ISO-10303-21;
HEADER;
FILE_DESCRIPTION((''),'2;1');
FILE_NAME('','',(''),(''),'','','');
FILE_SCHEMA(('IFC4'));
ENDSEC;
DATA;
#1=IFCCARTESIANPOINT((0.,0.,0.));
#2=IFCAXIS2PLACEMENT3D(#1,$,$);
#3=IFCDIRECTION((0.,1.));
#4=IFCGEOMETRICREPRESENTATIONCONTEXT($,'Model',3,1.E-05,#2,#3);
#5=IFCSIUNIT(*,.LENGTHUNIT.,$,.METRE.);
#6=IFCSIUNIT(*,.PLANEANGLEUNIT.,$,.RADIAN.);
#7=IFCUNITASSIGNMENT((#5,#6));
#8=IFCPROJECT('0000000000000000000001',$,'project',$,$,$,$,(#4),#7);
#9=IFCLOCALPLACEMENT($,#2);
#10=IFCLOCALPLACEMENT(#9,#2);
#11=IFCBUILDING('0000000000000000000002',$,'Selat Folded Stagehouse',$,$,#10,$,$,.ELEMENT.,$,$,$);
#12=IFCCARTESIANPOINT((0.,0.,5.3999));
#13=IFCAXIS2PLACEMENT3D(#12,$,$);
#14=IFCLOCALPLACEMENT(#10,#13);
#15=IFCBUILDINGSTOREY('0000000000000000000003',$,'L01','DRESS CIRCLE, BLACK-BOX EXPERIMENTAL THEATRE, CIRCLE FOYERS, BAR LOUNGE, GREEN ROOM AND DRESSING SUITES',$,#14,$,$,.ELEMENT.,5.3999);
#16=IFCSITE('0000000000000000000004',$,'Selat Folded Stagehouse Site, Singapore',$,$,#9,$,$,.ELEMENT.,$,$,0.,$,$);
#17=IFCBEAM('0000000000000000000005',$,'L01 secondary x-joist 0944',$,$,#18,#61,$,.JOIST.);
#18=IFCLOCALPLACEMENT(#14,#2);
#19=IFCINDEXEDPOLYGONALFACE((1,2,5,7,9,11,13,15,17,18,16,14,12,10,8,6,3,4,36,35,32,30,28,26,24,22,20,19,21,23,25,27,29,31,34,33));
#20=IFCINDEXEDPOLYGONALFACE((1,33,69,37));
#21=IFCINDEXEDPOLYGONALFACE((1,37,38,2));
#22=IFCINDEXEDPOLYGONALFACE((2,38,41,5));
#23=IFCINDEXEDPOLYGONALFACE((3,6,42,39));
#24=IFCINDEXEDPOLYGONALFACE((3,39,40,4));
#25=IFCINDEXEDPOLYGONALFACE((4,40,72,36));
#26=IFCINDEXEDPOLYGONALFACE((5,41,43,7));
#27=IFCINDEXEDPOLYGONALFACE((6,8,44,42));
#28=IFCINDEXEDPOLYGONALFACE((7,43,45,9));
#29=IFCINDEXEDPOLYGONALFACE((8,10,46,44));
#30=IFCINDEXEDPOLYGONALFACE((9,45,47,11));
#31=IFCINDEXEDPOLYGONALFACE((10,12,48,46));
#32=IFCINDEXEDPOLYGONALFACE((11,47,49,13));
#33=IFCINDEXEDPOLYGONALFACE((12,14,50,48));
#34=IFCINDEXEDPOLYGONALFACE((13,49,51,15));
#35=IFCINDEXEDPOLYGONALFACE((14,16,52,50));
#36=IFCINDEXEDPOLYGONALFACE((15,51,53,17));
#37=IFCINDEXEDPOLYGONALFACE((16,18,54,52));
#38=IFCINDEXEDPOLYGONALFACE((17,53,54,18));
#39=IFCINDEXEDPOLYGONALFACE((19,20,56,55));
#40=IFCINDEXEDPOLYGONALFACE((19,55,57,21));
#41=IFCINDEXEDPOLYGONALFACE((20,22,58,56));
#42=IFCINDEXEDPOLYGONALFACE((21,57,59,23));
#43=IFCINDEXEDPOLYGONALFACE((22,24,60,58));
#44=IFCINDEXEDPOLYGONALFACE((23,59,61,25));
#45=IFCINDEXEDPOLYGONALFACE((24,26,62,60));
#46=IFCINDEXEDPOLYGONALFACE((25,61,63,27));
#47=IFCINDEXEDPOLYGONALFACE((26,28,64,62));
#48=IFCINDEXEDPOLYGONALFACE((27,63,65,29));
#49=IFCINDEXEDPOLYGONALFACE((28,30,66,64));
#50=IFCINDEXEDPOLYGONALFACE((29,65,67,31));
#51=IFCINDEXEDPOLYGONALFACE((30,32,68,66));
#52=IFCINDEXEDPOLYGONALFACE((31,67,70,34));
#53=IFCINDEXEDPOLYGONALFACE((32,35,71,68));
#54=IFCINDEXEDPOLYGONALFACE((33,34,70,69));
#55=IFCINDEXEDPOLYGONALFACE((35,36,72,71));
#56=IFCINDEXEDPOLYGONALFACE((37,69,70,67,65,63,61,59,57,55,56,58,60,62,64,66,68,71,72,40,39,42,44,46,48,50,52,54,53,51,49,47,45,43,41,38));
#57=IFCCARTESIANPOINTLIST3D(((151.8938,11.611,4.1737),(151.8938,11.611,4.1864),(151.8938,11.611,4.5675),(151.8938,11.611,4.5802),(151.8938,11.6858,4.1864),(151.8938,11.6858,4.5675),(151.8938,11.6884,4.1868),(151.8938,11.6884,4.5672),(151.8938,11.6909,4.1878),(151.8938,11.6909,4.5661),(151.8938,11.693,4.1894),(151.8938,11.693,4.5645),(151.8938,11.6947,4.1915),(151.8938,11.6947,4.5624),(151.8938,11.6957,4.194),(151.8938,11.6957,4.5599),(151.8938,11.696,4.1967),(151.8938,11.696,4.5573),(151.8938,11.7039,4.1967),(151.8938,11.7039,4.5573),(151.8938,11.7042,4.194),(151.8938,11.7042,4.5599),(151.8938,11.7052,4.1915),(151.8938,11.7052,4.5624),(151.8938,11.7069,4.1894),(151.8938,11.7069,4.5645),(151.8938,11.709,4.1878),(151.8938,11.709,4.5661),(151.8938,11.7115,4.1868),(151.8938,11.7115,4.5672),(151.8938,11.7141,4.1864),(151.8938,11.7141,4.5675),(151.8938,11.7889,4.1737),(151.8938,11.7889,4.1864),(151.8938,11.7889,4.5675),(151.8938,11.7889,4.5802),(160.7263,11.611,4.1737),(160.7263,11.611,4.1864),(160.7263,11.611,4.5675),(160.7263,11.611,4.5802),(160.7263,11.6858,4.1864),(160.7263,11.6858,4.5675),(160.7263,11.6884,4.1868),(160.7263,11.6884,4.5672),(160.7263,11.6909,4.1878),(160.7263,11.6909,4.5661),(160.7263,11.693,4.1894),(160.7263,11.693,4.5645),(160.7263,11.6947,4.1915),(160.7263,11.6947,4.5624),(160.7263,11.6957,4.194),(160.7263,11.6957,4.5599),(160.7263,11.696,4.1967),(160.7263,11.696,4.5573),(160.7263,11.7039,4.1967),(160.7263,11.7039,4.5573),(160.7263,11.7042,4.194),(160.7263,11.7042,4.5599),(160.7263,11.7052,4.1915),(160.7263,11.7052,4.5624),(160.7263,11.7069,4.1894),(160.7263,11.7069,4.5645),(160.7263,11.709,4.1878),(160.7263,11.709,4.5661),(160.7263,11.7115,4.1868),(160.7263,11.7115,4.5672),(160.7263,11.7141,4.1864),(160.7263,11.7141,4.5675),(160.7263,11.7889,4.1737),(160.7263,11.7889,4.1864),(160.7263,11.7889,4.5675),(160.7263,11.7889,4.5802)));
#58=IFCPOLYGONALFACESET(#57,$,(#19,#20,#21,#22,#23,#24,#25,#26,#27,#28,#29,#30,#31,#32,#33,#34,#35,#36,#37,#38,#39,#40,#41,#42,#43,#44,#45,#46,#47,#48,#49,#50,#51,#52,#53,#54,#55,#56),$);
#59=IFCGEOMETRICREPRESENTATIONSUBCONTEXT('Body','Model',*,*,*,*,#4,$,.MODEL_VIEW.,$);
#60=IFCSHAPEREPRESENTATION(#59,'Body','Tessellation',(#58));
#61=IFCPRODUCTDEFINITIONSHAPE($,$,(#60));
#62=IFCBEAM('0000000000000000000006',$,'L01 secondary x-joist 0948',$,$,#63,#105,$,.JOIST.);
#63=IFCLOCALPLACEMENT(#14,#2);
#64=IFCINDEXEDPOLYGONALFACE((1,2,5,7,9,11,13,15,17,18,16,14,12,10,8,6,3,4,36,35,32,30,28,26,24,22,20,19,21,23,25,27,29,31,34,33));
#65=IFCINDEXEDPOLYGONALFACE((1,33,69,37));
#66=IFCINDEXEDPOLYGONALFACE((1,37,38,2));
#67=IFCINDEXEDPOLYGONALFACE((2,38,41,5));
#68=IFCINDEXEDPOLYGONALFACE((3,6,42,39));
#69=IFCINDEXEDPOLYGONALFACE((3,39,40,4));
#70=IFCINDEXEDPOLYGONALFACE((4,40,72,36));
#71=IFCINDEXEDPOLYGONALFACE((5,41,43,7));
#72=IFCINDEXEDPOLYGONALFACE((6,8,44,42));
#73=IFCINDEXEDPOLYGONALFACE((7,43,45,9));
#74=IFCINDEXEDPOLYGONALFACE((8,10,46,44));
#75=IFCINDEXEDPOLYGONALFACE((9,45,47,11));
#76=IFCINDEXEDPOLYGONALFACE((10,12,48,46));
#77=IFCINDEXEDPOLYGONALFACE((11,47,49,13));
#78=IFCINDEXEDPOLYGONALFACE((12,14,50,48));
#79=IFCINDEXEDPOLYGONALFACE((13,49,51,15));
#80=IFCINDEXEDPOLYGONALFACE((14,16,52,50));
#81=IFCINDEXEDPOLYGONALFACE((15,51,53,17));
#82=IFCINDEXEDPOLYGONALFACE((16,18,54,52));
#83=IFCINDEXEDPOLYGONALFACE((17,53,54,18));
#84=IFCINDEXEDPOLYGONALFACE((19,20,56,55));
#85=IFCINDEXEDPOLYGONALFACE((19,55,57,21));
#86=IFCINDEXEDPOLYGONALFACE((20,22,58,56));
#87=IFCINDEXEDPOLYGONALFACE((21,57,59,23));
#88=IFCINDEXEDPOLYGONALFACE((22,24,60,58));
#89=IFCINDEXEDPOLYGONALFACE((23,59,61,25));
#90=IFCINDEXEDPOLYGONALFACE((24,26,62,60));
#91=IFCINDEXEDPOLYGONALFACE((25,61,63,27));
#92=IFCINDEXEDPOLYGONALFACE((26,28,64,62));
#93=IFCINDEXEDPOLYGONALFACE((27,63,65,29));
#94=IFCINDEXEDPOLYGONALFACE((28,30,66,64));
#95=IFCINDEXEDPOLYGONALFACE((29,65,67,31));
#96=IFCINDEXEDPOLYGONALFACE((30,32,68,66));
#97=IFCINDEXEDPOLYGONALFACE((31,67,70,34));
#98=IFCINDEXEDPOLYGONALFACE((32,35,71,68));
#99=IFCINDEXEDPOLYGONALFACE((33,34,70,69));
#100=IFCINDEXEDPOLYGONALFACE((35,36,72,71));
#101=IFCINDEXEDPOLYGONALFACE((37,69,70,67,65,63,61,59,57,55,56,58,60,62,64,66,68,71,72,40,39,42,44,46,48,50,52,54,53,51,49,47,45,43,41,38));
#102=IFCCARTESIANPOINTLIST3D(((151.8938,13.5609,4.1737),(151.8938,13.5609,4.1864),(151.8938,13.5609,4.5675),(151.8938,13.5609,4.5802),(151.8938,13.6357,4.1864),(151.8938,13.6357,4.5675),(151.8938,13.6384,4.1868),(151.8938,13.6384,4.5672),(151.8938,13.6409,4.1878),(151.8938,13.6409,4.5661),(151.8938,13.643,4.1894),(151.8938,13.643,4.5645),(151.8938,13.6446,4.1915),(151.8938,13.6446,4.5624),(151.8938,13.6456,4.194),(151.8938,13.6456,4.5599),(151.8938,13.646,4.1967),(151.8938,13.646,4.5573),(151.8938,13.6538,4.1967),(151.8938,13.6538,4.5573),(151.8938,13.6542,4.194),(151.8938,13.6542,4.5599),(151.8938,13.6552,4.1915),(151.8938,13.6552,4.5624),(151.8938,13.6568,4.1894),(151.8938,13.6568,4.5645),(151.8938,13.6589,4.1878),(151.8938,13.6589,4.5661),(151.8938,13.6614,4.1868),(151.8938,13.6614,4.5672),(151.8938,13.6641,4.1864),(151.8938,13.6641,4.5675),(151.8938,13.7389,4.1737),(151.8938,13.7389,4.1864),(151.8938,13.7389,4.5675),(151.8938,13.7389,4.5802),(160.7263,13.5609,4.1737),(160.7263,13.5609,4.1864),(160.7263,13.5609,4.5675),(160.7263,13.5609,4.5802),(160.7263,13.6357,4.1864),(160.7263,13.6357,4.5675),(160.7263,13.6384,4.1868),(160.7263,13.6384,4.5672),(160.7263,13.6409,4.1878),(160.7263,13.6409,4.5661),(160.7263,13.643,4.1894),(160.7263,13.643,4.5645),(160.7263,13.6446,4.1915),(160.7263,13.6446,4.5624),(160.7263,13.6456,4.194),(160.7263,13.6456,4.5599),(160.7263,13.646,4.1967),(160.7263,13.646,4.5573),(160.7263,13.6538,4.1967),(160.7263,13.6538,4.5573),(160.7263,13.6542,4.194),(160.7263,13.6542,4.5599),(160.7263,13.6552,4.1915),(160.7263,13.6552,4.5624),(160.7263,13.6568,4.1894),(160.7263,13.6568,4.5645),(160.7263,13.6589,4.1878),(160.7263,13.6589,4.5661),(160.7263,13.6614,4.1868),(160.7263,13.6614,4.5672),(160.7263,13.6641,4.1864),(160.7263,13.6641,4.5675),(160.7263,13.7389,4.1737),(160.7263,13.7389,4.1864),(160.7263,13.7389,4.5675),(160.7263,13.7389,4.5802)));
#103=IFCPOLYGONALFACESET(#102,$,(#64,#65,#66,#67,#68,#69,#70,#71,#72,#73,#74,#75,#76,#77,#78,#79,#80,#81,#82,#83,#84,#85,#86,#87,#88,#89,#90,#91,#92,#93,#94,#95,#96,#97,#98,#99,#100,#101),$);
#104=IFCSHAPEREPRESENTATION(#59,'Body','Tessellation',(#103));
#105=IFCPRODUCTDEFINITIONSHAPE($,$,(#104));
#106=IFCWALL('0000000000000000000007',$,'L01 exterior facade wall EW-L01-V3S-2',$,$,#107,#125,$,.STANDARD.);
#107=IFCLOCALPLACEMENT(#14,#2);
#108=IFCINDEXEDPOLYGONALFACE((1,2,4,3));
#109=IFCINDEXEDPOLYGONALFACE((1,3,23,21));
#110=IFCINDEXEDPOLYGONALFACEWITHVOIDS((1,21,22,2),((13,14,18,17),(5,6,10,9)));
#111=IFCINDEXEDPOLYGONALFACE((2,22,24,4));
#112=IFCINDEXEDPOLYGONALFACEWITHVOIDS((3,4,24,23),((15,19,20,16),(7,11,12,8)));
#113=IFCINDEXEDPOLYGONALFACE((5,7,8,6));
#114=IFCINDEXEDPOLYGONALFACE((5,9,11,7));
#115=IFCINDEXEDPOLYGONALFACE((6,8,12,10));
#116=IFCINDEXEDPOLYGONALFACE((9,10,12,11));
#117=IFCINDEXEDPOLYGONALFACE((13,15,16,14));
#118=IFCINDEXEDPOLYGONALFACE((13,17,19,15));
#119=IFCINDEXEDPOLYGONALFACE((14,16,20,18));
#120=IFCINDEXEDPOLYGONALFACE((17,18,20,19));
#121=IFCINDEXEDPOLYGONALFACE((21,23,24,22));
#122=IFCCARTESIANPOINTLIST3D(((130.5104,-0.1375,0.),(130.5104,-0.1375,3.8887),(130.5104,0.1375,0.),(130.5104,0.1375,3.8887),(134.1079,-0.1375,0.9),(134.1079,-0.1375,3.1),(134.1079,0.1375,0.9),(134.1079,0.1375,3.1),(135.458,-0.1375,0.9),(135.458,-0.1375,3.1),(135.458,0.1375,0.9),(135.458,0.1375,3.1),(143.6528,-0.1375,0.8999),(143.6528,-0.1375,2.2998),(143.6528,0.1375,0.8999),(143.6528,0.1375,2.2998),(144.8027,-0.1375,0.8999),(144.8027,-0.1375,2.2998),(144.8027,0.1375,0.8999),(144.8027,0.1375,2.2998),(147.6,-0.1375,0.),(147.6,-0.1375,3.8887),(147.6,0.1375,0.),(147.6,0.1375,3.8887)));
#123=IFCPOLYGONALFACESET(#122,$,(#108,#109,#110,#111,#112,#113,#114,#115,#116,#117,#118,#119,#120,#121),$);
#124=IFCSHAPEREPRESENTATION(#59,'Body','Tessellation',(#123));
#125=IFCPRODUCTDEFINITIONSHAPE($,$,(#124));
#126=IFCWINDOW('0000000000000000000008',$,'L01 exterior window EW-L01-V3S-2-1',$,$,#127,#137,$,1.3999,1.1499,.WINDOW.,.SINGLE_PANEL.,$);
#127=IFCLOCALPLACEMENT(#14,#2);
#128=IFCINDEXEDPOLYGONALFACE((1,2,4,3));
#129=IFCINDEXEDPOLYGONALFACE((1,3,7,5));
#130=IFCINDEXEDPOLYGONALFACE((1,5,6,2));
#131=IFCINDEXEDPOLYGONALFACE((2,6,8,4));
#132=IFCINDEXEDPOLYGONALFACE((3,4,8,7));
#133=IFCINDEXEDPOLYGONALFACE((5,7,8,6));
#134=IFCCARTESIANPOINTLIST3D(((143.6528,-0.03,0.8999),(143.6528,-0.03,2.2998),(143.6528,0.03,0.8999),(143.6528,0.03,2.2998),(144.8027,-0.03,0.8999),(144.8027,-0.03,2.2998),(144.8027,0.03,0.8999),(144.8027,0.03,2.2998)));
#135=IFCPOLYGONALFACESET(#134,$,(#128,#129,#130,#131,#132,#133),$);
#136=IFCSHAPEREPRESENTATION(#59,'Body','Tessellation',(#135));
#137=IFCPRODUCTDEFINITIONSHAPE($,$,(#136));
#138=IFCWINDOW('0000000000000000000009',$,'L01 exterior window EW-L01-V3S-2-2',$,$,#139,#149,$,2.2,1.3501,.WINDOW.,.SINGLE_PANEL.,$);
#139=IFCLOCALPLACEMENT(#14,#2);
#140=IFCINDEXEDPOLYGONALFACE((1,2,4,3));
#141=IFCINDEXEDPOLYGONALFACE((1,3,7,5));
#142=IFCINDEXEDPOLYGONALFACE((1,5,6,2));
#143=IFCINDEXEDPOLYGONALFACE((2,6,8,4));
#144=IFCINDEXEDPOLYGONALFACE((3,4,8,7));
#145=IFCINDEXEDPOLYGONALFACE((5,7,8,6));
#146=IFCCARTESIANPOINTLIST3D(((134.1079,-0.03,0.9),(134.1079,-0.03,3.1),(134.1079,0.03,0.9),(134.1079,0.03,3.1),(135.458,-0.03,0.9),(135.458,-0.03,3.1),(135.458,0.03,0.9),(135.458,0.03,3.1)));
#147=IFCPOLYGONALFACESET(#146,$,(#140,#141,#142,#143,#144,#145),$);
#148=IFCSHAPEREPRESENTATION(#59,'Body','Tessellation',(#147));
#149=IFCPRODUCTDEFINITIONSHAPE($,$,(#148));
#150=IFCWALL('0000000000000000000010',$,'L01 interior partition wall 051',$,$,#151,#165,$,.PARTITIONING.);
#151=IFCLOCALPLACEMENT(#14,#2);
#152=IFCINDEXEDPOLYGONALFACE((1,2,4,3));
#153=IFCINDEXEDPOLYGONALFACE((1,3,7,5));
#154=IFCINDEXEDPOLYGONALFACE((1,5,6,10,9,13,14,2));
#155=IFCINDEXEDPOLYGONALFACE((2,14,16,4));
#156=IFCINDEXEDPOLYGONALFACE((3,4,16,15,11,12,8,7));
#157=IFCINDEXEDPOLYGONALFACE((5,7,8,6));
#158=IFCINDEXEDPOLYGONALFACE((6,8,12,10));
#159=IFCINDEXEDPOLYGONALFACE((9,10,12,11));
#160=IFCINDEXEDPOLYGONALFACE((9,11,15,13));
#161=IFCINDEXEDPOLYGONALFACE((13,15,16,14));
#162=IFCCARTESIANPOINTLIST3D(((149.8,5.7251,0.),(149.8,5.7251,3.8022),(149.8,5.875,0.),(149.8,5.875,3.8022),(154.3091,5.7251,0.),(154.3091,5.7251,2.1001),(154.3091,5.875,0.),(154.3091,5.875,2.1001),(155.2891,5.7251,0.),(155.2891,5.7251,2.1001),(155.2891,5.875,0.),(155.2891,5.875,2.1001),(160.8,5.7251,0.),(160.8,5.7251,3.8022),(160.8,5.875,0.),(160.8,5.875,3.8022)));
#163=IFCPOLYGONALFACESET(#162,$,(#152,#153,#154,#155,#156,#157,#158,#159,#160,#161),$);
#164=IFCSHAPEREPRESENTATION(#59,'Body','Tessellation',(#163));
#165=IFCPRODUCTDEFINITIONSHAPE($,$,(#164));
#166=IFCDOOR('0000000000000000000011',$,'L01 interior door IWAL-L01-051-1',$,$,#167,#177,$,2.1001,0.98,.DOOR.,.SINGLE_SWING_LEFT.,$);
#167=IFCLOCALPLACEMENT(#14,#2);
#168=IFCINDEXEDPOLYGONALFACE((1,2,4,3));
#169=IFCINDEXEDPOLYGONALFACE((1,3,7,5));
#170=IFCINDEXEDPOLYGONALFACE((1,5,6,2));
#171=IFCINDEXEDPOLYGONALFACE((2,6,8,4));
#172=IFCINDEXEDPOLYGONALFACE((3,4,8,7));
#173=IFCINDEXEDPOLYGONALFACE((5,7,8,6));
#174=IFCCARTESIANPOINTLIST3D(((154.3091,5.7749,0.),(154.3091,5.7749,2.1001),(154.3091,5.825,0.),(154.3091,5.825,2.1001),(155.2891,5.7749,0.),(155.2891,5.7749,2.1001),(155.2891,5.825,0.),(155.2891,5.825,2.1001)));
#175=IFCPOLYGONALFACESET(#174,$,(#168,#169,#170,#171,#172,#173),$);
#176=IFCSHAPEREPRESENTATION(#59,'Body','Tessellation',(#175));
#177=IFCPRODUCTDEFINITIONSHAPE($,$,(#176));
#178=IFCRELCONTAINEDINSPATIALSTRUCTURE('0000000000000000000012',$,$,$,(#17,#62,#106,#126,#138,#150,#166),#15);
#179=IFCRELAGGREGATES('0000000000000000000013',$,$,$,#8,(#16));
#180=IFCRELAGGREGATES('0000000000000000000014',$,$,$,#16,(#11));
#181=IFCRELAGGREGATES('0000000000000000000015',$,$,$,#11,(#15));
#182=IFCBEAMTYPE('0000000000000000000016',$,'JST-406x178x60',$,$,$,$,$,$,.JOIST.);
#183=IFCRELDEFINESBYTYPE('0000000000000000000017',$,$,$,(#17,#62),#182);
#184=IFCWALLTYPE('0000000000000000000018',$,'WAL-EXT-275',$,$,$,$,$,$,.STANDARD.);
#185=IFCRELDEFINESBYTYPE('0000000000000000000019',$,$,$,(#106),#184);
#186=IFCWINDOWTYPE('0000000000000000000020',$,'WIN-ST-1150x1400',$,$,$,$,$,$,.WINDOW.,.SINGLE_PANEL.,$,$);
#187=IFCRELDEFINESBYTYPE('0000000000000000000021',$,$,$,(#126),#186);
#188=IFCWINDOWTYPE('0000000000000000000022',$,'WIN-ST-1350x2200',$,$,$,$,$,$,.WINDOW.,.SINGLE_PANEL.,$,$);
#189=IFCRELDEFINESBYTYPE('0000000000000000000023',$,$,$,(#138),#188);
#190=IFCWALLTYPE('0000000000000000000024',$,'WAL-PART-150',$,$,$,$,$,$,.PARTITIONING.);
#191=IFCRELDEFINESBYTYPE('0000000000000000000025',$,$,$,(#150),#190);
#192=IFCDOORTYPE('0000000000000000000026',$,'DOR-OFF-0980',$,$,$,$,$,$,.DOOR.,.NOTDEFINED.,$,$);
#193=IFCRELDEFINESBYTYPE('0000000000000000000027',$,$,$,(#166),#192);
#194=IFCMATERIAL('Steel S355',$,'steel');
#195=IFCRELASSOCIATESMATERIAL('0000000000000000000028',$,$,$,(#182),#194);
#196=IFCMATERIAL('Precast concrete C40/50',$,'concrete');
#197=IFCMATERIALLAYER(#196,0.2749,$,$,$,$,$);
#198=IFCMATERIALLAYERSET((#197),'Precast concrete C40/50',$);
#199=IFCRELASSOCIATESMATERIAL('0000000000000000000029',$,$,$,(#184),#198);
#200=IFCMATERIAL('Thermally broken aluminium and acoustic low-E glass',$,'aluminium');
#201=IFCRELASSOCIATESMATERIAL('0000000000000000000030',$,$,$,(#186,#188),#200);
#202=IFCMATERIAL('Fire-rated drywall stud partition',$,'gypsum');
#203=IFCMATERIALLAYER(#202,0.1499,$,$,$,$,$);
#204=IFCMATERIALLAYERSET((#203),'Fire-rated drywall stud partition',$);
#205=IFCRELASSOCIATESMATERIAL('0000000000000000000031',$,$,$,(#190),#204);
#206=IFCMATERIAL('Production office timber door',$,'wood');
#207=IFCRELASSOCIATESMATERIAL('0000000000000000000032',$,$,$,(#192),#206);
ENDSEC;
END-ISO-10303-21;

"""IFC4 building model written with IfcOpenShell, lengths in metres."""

from ifc_helpers import new_model, si_unit, direction, frame, frame_2d, origin, origin_2d, place, context, subcontext, project, spatial, rectangle, i_section, extrude, material, layer, layer_set, material_profile, profile_set, type_object, element, fill, save


model = new_model("IFC4")

# Units and contexts
model_context = context("Model", 3, precision=1e-05, world=origin(), true_north=direction((0.0, 1.0)))
body_context = subcontext(model_context, "Body", "Model", "MODEL_VIEW")
ifc_project = project(units=[si_unit("LENGTHUNIT", "METRE"), si_unit("PLANEANGLEUNIT", "RADIAN")], contexts=[model_context])

# Site, building, storey
site_placement = place(None, origin())
site = spatial("IfcSite", under=ifc_project, at=site_placement, Name="Selat Folded Stagehouse Site, Singapore", CompositionType="ELEMENT", RefElevation=0.0)
building_placement = place(site_placement, origin())
building = spatial("IfcBuilding", under=site, at=building_placement, Name="Selat Folded Stagehouse", CompositionType="ELEMENT")
storey_placement = place(building_placement, frame((0.0, 0.0, 5.3999)))
storey = spatial("IfcBuildingStorey", under=building, at=storey_placement, Name="L01", Description="DRESS CIRCLE, BLACK-BOX EXPERIMENTAL THEATRE, CIRCLE FOYERS, BAR LOUNGE, GREEN ROOM AND DRESSING SUITES", CompositionType="ELEMENT", Elevation=5.3999)

# Shared definitions
ifc_material_1 = material(Name="Steel S355", Category="steel")

# Beams
ifc_material_profile_1 = material_profile(ifc_material_1, i_section(OverallWidth=0.178, OverallDepth=0.4065, WebThickness=0.0078, FlangeThickness=0.0127, FilletRadius=0.0103, at=origin_2d()), Name="UKB 406x178x60")
ifc_profile_set_1 = profile_set([ifc_material_profile_1], Name="Steel S355")
beam_type_1 = type_object("IfcBeamType", Name="JST-406x178x60", PredefinedType="JOIST", material=ifc_profile_set_1)
for number, where, z_axis, x_axis, name in (
    (1, (151.8938, 11.7, 4.377), (1.0, 0.0, 0.0), (0.0, 1.0, 0.0), "L01 secondary x-joist 0944"),
    (2, (151.8938, 13.6499, 4.377), (1.0, 0.0, 0.0), (0.0, 1.0, 0.0), "L01 secondary x-joist 0948"),
):
    element("IfcBeam", number, at=place(storey_placement, frame(where, z_axis=z_axis, x_axis=x_axis)), inside=storey, type_object=beam_type_1, Name=name, PredefinedType="JOIST", context=body_context, shape_type="SweptSolid", body=[
        extrude(i_section(OverallWidth=0.178, OverallDepth=0.4065, WebThickness=0.0078, FlangeThickness=0.0127, FilletRadius=0.0103, at=origin_2d()), origin(), (0.0, 0.0, 1.0), 8.8325),
    ])

# Wall, openings, windows
ifc_material_2 = material(Name="Precast concrete C40/50", Category="concrete")
ifc_layer_1 = layer(ifc_material_2, 0.2749)
ifc_layer_set_1 = layer_set([ifc_layer_1], Name="Precast concrete C40/50")
wall_type_1 = type_object("IfcWallType", Name="WAL-EXT-275", PredefinedType="STANDARD", material=ifc_layer_set_1)
wall_1_placement = place(storey_placement, frame((147.6001, 0.0, 0.0), z_axis=(0.0, 0.0, 1.0), x_axis=(-1.0, 0.0, 0.0)))
wall_1 = element("IfcWall", 3, at=wall_1_placement, inside=storey, type_object=wall_type_1, Name="L01 exterior facade wall EW-L01-V3S-2", PredefinedType="STANDARD", context=body_context, shape_type="SweptSolid", body=[
    extrude(rectangle(XDim=17.0896, YDim=0.2749, at=frame_2d((8.5449, 0.0))), origin(), (0.0, 0.0, 1.0), 3.8887),
])
opening_1_placement = place(wall_1_placement, frame((2.7974, 0.0, 0.8999)))
opening_1 = element("IfcOpeningElement", 4, at=opening_1_placement, cuts=wall_1, PredefinedType="OPENING", context=body_context, shape_type="SweptSolid", body=[
    extrude(rectangle(XDim=1.1499, YDim=1.3999, at=frame_2d((0.575, 0.7))), frame((0.0, 0.1475, 0.0), z_axis=(0.0, -1.0, 0.0), x_axis=(1.0, 0.0, 0.0)), (0.0, 0.0, 1.0), 0.2949),
])
opening_2_placement = place(wall_1_placement, frame((12.1421, 0.0, 0.8999)))
opening_2 = element("IfcOpeningElement", 5, at=opening_2_placement, cuts=wall_1, PredefinedType="OPENING", context=body_context, shape_type="SweptSolid", body=[
    extrude(rectangle(XDim=1.3501, YDim=2.2, at=frame_2d((0.675, 1.1001))), frame((0.0, 0.1475, 0.0), z_axis=(0.0, -1.0, 0.0), x_axis=(1.0, 0.0, 0.0)), (0.0, 0.0, 1.0), 0.2949),
])
ifc_material_3 = material(Name="Thermally broken aluminium and acoustic low-E glass", Category="aluminium")
window_type_1 = type_object("IfcWindowType", Name="WIN-ST-1150x1400", PartitioningType="SINGLE_PANEL", PredefinedType="WINDOW", material=ifc_material_3)
window_1_placement = place(opening_1_placement, origin())
window_1 = element("IfcWindow", 6, at=window_1_placement, inside=storey, type_object=window_type_1, Name="L01 exterior window EW-L01-V3S-2-1", OverallHeight=1.3999, OverallWidth=1.1499, PartitioningType="SINGLE_PANEL", PredefinedType="WINDOW", context=body_context, shape_type="SweptSolid", body=[
    extrude(rectangle(XDim=1.1499, YDim=1.3999, at=frame_2d((0.575, 0.7))), frame((0.0, 0.03, 0.0), z_axis=(0.0, -1.0, 0.0), x_axis=(1.0, 0.0, 0.0)), (0.0, 0.0, 1.0), 0.0601),
])
fill(opening_1, window_1)
window_type_2 = type_object("IfcWindowType", Name="WIN-ST-1350x2200", PartitioningType="SINGLE_PANEL", PredefinedType="WINDOW", material=ifc_material_3)
window_2_placement = place(opening_2_placement, origin())
window_2 = element("IfcWindow", 7, at=window_2_placement, inside=storey, type_object=window_type_2, Name="L01 exterior window EW-L01-V3S-2-2", OverallHeight=2.2, OverallWidth=1.3501, PartitioningType="SINGLE_PANEL", PredefinedType="WINDOW", context=body_context, shape_type="SweptSolid", body=[
    extrude(rectangle(XDim=1.3501, YDim=2.2, at=frame_2d((0.675, 1.1001))), frame((0.0, 0.03, 0.0), z_axis=(0.0, -1.0, 0.0), x_axis=(1.0, 0.0, 0.0)), (0.0, 0.0, 1.0), 0.0601),
])
fill(opening_2, window_2)

# Wall, opening, door
ifc_material_4 = material(Name="Fire-rated drywall stud partition", Category="gypsum")
ifc_layer_2 = layer(ifc_material_4, 0.1499)
ifc_layer_set_2 = layer_set([ifc_layer_2], Name="Fire-rated drywall stud partition")
wall_type_2 = type_object("IfcWallType", Name="WAL-PART-150", PredefinedType="PARTITIONING", material=ifc_layer_set_2)
wall_2_placement = place(storey_placement, frame((149.8, 5.8, 0.0), z_axis=(0.0, 0.0, 1.0), x_axis=(1.0, 0.0, 0.0)))
wall_2 = element("IfcWall", 8, at=wall_2_placement, inside=storey, type_object=wall_type_2, Name="L01 interior partition wall 051", PredefinedType="PARTITIONING", context=body_context, shape_type="SweptSolid", body=[
    extrude(rectangle(XDim=11.0, YDim=0.1499, at=frame_2d((5.5, 0.0))), origin(), (0.0, 0.0, 1.0), 3.8022),
])
opening_3_placement = place(wall_2_placement, frame((4.509, 0.0, 0.0)))
opening_3 = element("IfcOpeningElement", 9, at=opening_3_placement, cuts=wall_2, PredefinedType="OPENING", context=body_context, shape_type="SweptSolid", body=[
    extrude(rectangle(XDim=0.98, YDim=2.1001, at=frame_2d((0.49, 1.05))), frame((0.0, 0.085, 0.0), z_axis=(0.0, -1.0, 0.0), x_axis=(1.0, 0.0, 0.0)), (0.0, 0.0, 1.0), 0.1699),
])
ifc_material_5 = material(Name="Production office timber door", Category="wood")
door_type = type_object("IfcDoorType", Name="DOR-OFF-0980", OperationType="NOTDEFINED", PredefinedType="DOOR", material=ifc_material_5)
door_placement = place(opening_3_placement, origin())
door = element("IfcDoor", 10, at=door_placement, inside=storey, type_object=door_type, Name="L01 interior door IWAL-L01-051-1", OperationType="SINGLE_SWING_LEFT", OverallHeight=2.1001, OverallWidth=0.98, PredefinedType="DOOR", context=body_context, shape_type="SweptSolid", body=[
    extrude(rectangle(XDim=0.98, YDim=2.1001, at=frame_2d((0.49, 1.05))), frame((0.0, 0.0249, 0.0), z_axis=(0.0, -1.0, 0.0), x_axis=(1.0, 0.0, 0.0)), (0.0, 0.0, 1.0), 0.05),
])
fill(opening_3, door)

save(model, "model.ifc")
